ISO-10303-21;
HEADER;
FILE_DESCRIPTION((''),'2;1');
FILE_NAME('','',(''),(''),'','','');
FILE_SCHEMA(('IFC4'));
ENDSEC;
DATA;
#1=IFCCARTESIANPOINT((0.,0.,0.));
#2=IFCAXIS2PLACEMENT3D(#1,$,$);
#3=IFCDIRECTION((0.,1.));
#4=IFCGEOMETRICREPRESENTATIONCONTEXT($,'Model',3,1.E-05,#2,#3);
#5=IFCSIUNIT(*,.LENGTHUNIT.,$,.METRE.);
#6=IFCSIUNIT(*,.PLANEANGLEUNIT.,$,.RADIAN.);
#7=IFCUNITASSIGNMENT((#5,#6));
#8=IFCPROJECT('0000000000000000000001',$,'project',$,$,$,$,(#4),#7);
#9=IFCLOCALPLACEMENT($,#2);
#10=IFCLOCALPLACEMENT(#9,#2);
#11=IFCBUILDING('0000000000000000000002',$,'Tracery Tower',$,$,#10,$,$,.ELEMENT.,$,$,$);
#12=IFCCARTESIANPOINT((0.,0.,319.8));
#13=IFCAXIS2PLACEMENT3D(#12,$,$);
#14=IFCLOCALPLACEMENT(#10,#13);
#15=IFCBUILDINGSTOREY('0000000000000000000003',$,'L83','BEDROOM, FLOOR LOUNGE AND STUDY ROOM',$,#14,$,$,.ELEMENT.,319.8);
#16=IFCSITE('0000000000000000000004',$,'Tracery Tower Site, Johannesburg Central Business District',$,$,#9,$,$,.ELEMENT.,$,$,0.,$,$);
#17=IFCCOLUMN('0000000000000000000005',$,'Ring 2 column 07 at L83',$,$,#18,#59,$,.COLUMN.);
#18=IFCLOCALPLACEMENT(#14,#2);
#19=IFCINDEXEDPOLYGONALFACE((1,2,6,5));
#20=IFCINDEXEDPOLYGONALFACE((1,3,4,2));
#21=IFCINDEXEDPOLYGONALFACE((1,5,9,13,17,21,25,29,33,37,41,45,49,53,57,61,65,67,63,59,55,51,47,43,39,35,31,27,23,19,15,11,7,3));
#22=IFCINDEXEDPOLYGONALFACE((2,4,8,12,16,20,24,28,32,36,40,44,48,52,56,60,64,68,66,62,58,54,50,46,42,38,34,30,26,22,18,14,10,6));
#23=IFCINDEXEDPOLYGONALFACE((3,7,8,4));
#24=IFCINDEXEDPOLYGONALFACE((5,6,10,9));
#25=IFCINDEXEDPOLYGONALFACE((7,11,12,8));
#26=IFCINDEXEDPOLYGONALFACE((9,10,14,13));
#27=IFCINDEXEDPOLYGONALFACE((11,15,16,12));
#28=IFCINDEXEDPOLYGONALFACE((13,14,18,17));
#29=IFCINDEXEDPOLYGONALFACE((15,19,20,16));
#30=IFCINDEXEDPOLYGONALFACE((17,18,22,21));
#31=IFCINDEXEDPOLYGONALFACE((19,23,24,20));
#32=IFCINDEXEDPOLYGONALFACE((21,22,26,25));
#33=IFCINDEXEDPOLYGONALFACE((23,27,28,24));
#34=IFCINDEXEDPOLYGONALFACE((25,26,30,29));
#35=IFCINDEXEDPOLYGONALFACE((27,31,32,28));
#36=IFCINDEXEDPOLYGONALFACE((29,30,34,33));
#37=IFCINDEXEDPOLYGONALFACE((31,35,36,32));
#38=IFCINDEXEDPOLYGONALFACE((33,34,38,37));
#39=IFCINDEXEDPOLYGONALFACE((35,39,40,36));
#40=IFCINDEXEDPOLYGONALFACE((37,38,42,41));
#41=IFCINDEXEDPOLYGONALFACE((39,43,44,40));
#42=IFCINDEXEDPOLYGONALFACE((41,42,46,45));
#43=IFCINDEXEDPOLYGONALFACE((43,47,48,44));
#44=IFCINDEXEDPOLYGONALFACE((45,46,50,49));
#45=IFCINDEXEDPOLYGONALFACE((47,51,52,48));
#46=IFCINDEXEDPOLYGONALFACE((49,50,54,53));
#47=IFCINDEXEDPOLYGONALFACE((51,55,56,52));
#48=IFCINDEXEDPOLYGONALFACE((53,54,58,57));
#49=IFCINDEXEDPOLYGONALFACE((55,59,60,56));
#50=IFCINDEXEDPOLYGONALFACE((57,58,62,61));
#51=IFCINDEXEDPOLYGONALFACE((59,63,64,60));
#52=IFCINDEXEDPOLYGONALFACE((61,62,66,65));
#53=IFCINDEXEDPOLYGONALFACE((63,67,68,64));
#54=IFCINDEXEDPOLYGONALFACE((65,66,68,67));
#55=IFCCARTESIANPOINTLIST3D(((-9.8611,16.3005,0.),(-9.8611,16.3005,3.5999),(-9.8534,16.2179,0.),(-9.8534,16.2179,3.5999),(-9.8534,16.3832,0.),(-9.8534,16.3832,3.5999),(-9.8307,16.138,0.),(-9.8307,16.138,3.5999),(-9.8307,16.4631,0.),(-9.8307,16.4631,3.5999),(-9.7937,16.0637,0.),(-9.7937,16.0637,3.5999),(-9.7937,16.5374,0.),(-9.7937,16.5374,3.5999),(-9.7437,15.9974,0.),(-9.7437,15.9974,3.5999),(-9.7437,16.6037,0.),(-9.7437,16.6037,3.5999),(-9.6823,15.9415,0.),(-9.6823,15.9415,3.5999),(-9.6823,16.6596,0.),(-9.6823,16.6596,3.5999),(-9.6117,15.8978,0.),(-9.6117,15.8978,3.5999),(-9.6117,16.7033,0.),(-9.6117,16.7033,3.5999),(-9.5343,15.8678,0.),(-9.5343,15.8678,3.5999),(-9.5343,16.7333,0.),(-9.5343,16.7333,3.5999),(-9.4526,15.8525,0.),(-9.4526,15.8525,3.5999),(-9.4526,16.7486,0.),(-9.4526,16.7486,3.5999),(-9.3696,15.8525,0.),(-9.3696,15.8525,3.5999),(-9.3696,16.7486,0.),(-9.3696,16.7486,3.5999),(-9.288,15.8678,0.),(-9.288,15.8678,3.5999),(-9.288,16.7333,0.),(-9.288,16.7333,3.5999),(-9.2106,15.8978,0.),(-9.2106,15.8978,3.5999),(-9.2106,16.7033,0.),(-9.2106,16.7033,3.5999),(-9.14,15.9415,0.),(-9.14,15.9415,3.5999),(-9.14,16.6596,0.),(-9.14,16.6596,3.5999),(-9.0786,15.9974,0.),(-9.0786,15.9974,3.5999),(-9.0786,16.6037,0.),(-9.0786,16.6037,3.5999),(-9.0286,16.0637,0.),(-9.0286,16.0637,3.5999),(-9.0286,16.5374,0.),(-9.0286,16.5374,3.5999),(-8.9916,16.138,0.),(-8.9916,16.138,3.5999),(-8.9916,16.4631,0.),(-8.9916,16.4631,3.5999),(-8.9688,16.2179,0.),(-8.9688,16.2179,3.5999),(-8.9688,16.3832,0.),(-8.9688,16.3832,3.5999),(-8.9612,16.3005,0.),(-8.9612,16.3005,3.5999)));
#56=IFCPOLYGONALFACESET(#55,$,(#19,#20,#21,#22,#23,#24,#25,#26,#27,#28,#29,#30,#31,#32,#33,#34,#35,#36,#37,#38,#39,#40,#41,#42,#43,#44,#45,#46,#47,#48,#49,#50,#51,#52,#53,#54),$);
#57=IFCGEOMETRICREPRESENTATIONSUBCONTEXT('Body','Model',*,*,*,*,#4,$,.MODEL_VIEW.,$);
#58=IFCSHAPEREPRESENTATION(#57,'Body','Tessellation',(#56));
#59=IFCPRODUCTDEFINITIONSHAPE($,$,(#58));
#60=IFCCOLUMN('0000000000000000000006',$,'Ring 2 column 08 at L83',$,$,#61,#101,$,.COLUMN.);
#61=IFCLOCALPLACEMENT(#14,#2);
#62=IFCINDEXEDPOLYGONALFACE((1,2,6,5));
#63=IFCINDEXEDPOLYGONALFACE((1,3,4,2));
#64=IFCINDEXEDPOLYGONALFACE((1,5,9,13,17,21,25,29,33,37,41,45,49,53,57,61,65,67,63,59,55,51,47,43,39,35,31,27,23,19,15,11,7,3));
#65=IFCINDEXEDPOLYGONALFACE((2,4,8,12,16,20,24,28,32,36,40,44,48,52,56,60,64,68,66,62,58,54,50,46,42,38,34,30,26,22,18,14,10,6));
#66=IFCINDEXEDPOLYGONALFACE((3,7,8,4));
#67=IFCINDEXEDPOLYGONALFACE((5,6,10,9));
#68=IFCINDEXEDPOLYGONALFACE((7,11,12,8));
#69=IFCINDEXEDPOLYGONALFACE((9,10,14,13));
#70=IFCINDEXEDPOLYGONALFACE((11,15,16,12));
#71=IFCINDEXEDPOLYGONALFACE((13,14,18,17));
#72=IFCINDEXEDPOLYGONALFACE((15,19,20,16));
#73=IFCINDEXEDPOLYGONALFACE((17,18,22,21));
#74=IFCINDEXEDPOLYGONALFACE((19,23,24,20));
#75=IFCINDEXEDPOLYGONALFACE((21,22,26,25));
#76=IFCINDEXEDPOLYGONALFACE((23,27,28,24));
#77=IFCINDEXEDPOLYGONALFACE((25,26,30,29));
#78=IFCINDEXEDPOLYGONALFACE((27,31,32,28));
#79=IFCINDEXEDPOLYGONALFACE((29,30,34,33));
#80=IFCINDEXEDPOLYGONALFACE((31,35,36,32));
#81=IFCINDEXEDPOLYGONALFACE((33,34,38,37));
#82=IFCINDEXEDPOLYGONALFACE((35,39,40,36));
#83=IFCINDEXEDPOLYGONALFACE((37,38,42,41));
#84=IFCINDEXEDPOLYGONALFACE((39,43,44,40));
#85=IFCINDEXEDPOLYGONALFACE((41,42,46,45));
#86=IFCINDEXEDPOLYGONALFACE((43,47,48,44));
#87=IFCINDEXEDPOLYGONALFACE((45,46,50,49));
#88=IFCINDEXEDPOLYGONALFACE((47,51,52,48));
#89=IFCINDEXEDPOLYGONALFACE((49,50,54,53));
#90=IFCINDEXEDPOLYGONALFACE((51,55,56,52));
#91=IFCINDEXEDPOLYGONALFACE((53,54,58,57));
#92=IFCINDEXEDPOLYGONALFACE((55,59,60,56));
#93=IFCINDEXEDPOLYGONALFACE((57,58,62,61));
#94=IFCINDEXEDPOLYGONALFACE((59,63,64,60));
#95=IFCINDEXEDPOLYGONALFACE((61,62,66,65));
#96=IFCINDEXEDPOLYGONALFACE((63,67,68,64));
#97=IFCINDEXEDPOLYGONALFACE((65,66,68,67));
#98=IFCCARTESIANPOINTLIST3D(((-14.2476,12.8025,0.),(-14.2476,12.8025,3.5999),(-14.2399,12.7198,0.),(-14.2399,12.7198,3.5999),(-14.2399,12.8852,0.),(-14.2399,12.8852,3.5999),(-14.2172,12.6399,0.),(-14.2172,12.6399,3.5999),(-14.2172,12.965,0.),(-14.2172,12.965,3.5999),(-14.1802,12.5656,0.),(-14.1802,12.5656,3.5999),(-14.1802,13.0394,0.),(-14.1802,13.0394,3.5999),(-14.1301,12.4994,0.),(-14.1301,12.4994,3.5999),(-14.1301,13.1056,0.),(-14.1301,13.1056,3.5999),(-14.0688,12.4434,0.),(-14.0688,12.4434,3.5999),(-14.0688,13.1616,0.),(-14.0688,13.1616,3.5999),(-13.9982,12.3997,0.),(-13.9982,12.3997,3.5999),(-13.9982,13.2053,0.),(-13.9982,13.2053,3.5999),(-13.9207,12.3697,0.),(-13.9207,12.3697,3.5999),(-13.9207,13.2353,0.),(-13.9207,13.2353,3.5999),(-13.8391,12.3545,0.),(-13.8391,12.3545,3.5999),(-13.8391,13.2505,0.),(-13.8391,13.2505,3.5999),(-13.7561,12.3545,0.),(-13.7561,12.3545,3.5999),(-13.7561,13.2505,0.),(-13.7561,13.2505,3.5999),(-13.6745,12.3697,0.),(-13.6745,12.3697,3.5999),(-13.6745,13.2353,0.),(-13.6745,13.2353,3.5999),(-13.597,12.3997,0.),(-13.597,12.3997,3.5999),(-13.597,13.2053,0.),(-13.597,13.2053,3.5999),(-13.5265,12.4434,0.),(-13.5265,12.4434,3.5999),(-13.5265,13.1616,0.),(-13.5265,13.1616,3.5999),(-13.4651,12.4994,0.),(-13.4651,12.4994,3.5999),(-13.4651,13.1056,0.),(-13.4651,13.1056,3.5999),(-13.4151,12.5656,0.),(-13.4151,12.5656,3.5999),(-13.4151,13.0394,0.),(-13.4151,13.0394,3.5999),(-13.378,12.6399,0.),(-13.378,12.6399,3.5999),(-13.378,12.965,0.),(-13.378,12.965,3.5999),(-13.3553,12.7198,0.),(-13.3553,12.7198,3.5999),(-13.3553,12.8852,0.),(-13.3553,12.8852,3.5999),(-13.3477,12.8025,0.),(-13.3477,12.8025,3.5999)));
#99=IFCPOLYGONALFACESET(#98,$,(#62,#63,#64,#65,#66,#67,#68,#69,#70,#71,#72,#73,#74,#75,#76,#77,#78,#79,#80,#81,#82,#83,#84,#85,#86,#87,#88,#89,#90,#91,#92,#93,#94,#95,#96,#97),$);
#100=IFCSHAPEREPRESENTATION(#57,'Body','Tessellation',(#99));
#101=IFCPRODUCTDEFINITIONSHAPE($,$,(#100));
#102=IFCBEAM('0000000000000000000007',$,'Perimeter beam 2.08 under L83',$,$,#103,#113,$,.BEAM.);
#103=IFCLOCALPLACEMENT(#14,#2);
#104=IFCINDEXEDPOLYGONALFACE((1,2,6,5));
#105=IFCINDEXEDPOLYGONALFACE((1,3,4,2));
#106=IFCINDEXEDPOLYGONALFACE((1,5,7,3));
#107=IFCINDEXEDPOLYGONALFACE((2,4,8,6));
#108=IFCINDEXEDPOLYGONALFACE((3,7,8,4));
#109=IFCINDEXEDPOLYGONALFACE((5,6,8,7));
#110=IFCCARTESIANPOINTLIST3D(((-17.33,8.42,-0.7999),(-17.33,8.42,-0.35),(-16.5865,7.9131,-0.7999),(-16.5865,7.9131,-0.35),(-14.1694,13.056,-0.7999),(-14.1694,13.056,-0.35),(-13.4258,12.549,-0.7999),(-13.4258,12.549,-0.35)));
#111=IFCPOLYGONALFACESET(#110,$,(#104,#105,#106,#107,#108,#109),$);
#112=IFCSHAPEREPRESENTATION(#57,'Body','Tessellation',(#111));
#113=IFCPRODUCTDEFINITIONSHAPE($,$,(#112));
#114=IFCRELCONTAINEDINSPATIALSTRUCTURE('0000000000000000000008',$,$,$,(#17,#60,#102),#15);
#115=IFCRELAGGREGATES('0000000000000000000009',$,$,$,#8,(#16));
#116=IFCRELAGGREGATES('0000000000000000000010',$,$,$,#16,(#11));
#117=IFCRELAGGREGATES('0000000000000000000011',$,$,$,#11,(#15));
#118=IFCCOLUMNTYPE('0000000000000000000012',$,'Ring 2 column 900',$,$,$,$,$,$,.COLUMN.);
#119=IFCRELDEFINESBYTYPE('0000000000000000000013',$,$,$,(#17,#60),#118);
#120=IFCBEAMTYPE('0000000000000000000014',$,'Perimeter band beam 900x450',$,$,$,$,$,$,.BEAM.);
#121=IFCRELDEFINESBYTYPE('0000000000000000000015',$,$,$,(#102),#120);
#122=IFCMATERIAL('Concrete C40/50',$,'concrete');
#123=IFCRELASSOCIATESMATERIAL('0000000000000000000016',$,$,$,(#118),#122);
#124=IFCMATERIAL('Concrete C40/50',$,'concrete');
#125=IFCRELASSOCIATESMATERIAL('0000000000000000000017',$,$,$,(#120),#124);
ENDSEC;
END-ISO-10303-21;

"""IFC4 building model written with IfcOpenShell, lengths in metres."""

from ifc_helpers import new_model, si_unit, direction, frame, origin, origin_2d, place, context, subcontext, project, spatial, rectangle, circle, extrude, material, material_profile, profile_set, type_object, element, save


model = new_model("IFC4")

# Units and contexts
model_context = context("Model", 3, precision=1e-05, world=origin(), true_north=direction((0.0, 1.0)))
body_context = subcontext(model_context, "Body", "Model", "MODEL_VIEW")
ifc_project = project(units=[si_unit("LENGTHUNIT", "METRE"), si_unit("PLANEANGLEUNIT", "RADIAN")], contexts=[model_context])

# Site, building, storey
site_placement = place(None, origin())
site = spatial("IfcSite", under=ifc_project, at=site_placement, Name="Tracery Tower Site, Johannesburg Central Business District", CompositionType="ELEMENT", RefElevation=0.0)
building_placement = place(site_placement, origin())
building = spatial("IfcBuilding", under=site, at=building_placement, Name="Tracery Tower", CompositionType="ELEMENT")
storey_placement = place(building_placement, frame((0.0, 0.0, 319.8)))
storey = spatial("IfcBuildingStorey", under=building, at=storey_placement, Name="L83", Description="BEDROOM, FLOOR LOUNGE AND STUDY ROOM", CompositionType="ELEMENT", Elevation=319.8)

# Columns
ifc_material_1 = material(Name="Concrete C40/50", Category="concrete")
ifc_material_profile_1 = material_profile(ifc_material_1, circle(Radius=0.45, at=origin_2d()), Name="RC D900")
ifc_profile_set_1 = profile_set([ifc_material_profile_1], Name="Concrete C40/50")
column_type = type_object("IfcColumnType", Name="Ring 2 column 900", PredefinedType="COLUMN", material=ifc_profile_set_1)
for number, where, z_axis, x_axis, name in (
    (1, (-9.4111, 16.3005, 0.0), (0.0, 0.0, 1.0), (1.0, 0.0, 0.0), "Ring 2 column 07 at L83"),
    (2, (-13.7976, 12.8025, 0.0), (0.0, 0.0, 1.0), (1.0, 0.0, 0.0), "Ring 2 column 08 at L83"),
):
    element("IfcColumn", number, at=place(storey_placement, frame(where, z_axis=z_axis, x_axis=x_axis)), inside=storey, type_object=column_type, Name=name, PredefinedType="COLUMN", context=body_context, shape_type="SweptSolid", body=[
        extrude(circle(Radius=0.45, at=origin_2d()), origin(), (0.0, 0.0, 1.0), 3.5999),
    ])

# Beam
ifc_material_2 = material(Name="Concrete C40/50", Category="concrete")
ifc_material_profile_2 = material_profile(ifc_material_2, rectangle(XDim=0.8999, YDim=0.45, at=origin_2d()), Name="RC 900x450")
ifc_profile_set_2 = profile_set([ifc_material_profile_2], Name="Concrete C40/50")
beam_type = type_object("IfcBeamType", Name="Perimeter band beam 900x450", PredefinedType="BEAM", material=ifc_profile_set_2)
beam_placement = place(storey_placement, frame((-13.7976, 12.8025, -0.575), z_axis=(-0.563306, -0.826249, 0.0), x_axis=(0.826249, -0.563306, 0.0)))
element("IfcBeam", 3, at=beam_placement, inside=storey, type_object=beam_type, Name="Perimeter beam 2.08 under L83", PredefinedType="BEAM", context=body_context, shape_type="SweptSolid", body=[
    extrude(rectangle(XDim=0.8999, YDim=0.45, at=origin_2d()), origin(), (0.0, 0.0, 1.0), 5.6108),
])

save(model, "model.ifc")
